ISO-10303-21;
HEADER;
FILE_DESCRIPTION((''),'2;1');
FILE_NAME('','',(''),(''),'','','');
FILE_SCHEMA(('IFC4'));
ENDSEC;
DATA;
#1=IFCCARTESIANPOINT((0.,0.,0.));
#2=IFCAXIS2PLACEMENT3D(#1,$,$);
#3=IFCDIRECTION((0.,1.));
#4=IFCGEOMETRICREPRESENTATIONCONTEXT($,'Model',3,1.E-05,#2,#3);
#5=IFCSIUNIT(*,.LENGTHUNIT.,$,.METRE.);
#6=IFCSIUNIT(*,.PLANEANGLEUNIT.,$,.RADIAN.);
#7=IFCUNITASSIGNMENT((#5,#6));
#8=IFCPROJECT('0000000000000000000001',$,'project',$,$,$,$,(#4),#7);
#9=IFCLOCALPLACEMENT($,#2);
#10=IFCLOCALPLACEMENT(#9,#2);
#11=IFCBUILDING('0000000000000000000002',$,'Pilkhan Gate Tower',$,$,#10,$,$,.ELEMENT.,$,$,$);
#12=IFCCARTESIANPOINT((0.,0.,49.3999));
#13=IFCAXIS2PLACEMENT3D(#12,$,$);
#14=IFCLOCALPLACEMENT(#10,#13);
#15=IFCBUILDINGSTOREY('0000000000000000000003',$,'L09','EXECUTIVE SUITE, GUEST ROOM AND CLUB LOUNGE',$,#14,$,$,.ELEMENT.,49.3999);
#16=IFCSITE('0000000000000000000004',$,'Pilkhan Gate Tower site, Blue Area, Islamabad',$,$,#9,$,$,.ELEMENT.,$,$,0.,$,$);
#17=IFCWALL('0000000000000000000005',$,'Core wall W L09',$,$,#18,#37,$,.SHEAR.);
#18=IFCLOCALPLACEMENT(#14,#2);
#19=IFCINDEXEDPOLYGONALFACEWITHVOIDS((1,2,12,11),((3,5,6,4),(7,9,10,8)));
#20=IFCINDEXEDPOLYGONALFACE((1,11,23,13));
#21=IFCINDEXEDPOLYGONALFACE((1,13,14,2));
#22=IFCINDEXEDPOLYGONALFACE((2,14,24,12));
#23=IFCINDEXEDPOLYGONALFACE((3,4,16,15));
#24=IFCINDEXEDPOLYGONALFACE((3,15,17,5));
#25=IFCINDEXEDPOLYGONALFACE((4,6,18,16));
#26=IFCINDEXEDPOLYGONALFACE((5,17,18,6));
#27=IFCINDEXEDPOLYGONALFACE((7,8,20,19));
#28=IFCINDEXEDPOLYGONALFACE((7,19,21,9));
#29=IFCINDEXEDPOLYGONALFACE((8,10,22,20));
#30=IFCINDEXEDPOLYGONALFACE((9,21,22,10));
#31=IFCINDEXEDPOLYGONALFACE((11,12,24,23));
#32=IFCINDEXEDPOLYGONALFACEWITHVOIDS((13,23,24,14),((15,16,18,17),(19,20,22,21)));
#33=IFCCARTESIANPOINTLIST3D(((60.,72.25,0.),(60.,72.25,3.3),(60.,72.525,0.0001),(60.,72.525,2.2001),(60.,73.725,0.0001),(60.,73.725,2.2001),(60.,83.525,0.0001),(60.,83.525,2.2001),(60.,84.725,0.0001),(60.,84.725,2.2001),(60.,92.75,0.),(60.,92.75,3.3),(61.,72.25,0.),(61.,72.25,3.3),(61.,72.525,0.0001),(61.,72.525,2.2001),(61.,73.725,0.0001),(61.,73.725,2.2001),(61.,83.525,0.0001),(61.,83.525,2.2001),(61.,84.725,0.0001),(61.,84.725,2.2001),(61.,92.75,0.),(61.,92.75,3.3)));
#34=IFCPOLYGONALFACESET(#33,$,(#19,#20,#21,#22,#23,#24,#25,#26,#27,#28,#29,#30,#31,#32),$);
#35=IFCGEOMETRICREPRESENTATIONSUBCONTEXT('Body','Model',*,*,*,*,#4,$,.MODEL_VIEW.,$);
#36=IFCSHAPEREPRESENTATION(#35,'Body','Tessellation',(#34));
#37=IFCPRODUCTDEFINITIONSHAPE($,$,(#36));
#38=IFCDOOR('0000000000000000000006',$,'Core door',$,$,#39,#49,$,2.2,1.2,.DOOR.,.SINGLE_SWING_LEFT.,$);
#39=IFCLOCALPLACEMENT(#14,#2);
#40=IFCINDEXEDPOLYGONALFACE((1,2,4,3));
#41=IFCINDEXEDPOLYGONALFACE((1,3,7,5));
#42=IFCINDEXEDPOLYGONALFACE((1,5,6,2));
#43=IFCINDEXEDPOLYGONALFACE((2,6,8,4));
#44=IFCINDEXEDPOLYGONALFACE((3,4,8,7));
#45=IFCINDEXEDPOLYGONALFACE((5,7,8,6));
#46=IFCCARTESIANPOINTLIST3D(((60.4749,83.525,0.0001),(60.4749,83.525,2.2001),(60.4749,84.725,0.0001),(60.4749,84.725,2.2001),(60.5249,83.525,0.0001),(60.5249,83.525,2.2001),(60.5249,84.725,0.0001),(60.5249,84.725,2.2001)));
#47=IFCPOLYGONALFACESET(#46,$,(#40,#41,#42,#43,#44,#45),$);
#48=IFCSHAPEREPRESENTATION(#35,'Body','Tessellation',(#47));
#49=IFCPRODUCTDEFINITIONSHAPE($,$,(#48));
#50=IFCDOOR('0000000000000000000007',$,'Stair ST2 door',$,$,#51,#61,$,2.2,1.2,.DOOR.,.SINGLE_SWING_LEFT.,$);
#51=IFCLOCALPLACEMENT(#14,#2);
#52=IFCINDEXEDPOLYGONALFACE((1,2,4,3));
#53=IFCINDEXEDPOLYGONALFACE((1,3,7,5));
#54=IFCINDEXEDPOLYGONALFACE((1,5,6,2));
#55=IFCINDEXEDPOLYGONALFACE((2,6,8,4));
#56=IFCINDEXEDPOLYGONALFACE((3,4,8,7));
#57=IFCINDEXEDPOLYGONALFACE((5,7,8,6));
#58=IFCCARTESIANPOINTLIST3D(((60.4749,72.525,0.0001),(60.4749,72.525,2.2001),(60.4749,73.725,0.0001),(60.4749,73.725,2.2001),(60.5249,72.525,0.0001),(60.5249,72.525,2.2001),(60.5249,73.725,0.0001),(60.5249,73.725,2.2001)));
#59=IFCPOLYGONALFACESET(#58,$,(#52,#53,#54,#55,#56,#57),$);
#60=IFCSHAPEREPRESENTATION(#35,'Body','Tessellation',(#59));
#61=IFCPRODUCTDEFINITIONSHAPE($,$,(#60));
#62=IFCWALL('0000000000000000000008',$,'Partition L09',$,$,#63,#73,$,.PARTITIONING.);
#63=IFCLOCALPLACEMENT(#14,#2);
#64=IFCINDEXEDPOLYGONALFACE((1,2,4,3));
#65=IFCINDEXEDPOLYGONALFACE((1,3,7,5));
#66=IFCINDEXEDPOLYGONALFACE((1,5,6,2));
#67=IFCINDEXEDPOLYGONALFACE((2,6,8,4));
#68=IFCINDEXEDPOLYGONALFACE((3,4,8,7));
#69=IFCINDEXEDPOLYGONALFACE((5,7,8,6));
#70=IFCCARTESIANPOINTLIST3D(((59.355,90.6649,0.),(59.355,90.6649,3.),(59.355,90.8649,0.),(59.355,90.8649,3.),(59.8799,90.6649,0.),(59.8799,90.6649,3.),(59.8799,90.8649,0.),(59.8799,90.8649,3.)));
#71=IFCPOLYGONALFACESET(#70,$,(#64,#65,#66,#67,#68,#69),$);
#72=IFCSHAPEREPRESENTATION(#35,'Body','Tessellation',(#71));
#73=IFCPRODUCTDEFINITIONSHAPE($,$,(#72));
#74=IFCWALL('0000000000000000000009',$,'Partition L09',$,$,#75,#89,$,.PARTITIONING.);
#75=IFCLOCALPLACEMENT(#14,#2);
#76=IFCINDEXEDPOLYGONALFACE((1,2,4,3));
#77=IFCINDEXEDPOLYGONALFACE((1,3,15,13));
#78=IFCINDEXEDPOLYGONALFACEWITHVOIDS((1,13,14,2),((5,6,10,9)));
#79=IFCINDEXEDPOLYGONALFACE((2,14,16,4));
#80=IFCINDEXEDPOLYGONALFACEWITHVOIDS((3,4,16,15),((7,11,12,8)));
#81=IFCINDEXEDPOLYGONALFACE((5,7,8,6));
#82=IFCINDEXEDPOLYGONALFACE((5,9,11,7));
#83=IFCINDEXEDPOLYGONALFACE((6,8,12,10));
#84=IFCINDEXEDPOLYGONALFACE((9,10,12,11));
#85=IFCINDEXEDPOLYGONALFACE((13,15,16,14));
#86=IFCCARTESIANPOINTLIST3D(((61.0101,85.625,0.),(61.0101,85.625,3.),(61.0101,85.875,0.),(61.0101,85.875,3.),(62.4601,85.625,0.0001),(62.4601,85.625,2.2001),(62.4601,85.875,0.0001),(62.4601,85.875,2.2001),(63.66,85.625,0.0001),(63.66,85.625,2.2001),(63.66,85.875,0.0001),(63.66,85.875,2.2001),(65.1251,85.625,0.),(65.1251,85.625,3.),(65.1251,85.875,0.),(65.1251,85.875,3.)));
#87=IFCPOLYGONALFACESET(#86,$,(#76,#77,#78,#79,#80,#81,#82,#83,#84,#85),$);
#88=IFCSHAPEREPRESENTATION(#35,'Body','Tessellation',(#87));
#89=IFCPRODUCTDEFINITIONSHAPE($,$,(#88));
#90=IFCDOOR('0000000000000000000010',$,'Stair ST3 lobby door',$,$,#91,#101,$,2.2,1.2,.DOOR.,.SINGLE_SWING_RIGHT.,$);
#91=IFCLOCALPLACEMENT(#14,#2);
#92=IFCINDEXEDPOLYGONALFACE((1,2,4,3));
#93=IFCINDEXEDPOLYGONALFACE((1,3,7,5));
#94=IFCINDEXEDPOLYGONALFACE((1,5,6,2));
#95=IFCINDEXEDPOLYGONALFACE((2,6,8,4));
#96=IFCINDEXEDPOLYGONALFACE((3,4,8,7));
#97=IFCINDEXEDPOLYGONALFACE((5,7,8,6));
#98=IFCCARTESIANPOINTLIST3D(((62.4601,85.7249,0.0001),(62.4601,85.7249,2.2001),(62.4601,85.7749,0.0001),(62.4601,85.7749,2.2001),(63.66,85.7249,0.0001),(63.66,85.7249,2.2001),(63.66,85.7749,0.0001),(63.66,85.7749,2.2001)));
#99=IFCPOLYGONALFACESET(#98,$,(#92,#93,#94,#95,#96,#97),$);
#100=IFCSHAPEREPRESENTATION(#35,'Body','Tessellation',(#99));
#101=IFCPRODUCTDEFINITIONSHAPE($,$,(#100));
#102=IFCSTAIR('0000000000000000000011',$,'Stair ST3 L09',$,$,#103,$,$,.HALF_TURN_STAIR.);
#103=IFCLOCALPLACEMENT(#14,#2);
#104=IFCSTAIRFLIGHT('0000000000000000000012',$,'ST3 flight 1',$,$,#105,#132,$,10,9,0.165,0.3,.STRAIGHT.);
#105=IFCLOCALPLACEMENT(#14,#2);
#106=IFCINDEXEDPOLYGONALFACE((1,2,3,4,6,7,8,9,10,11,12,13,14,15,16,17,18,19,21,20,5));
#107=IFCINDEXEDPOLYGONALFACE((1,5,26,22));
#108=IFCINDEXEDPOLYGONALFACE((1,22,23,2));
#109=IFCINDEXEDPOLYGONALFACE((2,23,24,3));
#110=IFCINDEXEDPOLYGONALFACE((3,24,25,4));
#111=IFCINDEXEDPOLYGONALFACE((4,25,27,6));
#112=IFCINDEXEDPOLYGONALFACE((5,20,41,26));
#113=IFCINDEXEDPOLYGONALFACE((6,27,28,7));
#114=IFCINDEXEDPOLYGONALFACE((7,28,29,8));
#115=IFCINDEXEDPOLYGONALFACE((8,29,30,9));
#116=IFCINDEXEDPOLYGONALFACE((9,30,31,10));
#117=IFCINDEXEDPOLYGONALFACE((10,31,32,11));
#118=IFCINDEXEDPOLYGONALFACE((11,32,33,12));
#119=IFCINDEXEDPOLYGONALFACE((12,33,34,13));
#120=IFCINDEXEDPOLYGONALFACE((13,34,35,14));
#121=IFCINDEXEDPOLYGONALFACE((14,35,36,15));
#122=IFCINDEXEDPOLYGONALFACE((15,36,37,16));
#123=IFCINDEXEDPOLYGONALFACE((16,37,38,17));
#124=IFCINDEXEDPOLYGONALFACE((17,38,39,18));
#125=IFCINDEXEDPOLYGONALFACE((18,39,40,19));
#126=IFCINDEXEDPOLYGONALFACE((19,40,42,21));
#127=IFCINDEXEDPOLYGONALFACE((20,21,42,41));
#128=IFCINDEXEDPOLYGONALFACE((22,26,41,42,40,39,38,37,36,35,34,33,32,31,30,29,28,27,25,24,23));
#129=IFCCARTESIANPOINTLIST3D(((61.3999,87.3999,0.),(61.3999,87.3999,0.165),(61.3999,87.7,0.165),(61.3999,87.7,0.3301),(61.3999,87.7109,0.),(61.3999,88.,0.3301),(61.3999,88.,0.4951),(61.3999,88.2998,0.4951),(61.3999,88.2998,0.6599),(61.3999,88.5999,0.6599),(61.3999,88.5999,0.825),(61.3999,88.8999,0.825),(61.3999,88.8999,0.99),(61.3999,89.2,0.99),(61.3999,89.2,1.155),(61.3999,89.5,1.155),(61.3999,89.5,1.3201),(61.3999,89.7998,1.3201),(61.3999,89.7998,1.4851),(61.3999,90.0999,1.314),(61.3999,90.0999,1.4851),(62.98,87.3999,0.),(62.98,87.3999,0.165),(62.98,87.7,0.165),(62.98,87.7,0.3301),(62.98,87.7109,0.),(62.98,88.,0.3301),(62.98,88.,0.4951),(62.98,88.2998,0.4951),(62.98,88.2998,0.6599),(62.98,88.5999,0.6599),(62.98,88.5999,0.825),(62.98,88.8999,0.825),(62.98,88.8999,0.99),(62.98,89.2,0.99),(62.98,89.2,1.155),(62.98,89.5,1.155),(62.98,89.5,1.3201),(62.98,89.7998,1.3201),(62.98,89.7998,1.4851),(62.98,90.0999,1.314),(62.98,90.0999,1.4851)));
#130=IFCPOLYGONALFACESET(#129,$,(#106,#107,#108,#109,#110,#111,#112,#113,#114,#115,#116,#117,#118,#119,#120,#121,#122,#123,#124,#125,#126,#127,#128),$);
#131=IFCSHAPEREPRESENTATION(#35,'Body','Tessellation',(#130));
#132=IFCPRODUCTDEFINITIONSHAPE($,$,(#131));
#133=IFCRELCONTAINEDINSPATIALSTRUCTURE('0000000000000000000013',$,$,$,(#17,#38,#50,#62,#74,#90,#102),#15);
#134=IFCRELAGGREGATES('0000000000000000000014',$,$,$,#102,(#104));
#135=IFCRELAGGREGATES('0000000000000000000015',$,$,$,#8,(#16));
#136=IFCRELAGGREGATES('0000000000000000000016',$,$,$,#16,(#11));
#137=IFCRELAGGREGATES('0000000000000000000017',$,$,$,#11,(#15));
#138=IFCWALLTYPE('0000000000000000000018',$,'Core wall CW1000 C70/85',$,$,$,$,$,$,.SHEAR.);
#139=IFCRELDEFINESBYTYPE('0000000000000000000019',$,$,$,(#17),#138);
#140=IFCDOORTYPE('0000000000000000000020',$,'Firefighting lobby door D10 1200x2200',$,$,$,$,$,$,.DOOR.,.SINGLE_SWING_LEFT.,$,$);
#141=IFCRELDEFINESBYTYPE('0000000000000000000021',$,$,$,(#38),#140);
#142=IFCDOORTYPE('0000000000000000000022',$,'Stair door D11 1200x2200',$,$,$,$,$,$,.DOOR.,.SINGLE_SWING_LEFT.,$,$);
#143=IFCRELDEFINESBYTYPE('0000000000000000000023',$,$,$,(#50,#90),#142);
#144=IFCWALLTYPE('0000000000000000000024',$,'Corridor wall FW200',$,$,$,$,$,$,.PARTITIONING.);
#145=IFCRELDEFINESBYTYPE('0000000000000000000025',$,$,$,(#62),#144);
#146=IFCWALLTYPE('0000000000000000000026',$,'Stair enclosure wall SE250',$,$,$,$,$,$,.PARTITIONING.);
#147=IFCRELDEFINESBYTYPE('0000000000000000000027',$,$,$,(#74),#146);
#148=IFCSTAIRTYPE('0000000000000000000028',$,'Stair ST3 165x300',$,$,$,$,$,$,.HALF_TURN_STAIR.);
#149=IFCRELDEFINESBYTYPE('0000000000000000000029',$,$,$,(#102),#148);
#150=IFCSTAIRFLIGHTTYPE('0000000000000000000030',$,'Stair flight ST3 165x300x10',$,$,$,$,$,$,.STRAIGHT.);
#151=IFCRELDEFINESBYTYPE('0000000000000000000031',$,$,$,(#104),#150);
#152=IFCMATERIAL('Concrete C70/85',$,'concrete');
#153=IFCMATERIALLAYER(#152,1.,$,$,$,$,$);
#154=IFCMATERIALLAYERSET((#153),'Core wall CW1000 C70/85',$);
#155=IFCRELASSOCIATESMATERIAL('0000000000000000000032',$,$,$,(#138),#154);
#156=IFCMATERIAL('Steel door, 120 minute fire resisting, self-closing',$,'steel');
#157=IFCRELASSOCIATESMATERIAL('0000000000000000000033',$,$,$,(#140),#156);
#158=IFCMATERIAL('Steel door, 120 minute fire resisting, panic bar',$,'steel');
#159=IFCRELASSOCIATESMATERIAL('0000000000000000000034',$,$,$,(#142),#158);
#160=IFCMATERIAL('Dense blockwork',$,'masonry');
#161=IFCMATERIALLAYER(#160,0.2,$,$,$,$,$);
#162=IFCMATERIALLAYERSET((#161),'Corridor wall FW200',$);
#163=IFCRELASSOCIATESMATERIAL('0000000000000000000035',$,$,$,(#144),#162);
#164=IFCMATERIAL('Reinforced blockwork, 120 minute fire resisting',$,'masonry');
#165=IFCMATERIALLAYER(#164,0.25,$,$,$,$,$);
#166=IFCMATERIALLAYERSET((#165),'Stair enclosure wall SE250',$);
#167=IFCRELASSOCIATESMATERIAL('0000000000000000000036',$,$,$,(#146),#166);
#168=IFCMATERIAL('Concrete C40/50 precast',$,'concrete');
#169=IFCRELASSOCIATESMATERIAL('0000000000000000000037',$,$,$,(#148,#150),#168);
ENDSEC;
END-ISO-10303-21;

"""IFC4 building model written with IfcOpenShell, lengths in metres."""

from ifc_helpers import new_model, si_unit, direction, frame, frame_2d, origin, place, context, subcontext, project, spatial, polyline, rectangle, outline, extrude, material, layer, layer_set, type_object, element, fill, aggregate, save


model = new_model("IFC4")

# Units and contexts
model_context = context("Model", 3, precision=1e-05, world=origin(), true_north=direction((0.0, 1.0)))
body_context = subcontext(model_context, "Body", "Model", "MODEL_VIEW")
ifc_project = project(units=[si_unit("LENGTHUNIT", "METRE"), si_unit("PLANEANGLEUNIT", "RADIAN")], contexts=[model_context])

# Site, building, storey
site_placement = place(None, origin())
site = spatial("IfcSite", under=ifc_project, at=site_placement, Name="Pilkhan Gate Tower site, Blue Area, Islamabad", CompositionType="ELEMENT", RefElevation=0.0)
building_placement = place(site_placement, origin())
building = spatial("IfcBuilding", under=site, at=building_placement, Name="Pilkhan Gate Tower", CompositionType="ELEMENT")
storey_placement = place(building_placement, frame((0.0, 0.0, 49.3999)))
storey = spatial("IfcBuildingStorey", under=building, at=storey_placement, Name="L09", Description="EXECUTIVE SUITE, GUEST ROOM AND CLUB LOUNGE", CompositionType="ELEMENT", Elevation=49.3999)

# Wall, openings, doors
ifc_material_1 = material(Name="Concrete C70/85", Category="concrete")
ifc_layer_1 = layer(ifc_material_1, 1.0)
ifc_layer_set_1 = layer_set([ifc_layer_1], Name="Core wall CW1000 C70/85")
wall_type_1 = type_object("IfcWallType", Name="Core wall CW1000 C70/85", PredefinedType="SHEAR", material=ifc_layer_set_1)
wall_1_placement = place(storey_placement, frame((60.5, 92.75, 0.0), z_axis=(0.0, 0.0, 1.0), x_axis=(0.0, -1.0, 0.0)))
wall_1 = element("IfcWall", 1, at=wall_1_placement, inside=storey, type_object=wall_type_1, Name="Core wall W L09", PredefinedType="SHEAR", context=body_context, shape_type="SweptSolid", body=[
    extrude(rectangle(XDim=20.5, YDim=1.0, at=frame_2d((10.25, 0.0))), origin(), (0.0, 0.0, 1.0), 3.3),
])
opening_1_placement = place(wall_1_placement, frame((19.0249, 0.0, 0.0)))
opening_1 = element("IfcOpeningElement", 2, at=opening_1_placement, cuts=wall_1, PredefinedType="OPENING", context=body_context, shape_type="SweptSolid", body=[
    extrude(rectangle(XDim=1.2, YDim=2.2, at=frame_2d((0.6001, 1.1001))), frame((0.0, 0.51, 0.0), z_axis=(0.0, -1.0, 0.0), x_axis=(1.0, 0.0, 0.0)), (0.0, 0.0, 1.0), 1.02),
])
opening_2_placement = place(wall_1_placement, frame((8.0249, 0.0, 0.0)))
opening_2 = element("IfcOpeningElement", 3, at=opening_2_placement, cuts=wall_1, PredefinedType="OPENING", context=body_context, shape_type="SweptSolid", body=[
    extrude(rectangle(XDim=1.2, YDim=2.2, at=frame_2d((0.6001, 1.1001))), frame((0.0, 0.51, 0.0), z_axis=(0.0, -1.0, 0.0), x_axis=(1.0, 0.0, 0.0)), (0.0, 0.0, 1.0), 1.02),
])
ifc_material_2 = material(Name="Steel door, 120 minute fire resisting, self-closing", Category="steel")
door_type_1 = type_object("IfcDoorType", Name="Firefighting lobby door D10 1200x2200", OperationType="SINGLE_SWING_LEFT", PredefinedType="DOOR", material=ifc_material_2)
door_1_placement = place(opening_2_placement, origin())
door_1 = element("IfcDoor", 4, at=door_1_placement, inside=storey, type_object=door_type_1, Name="Core door", OperationType="SINGLE_SWING_LEFT", OverallHeight=2.2, OverallWidth=1.2, PredefinedType="DOOR", context=body_context, shape_type="SweptSolid", body=[
    extrude(rectangle(XDim=1.2, YDim=2.2, at=frame_2d((0.6001, 1.1001))), frame((0.0, 0.0249, 0.0), z_axis=(0.0, -1.0, 0.0), x_axis=(1.0, 0.0, 0.0)), (0.0, 0.0, 1.0), 0.05),
])
fill(opening_2, door_1)
ifc_material_3 = material(Name="Steel door, 120 minute fire resisting, panic bar", Category="steel")
door_type_2 = type_object("IfcDoorType", Name="Stair door D11 1200x2200", OperationType="SINGLE_SWING_LEFT", PredefinedType="DOOR", material=ifc_material_3)
door_2_placement = place(opening_1_placement, origin())
door_2 = element("IfcDoor", 5, at=door_2_placement, inside=storey, type_object=door_type_2, Name="Stair ST2 door", OperationType="SINGLE_SWING_LEFT", OverallHeight=2.2, OverallWidth=1.2, PredefinedType="DOOR", context=body_context, shape_type="SweptSolid", body=[
    extrude(rectangle(XDim=1.2, YDim=2.2, at=frame_2d((0.6001, 1.1001))), frame((0.0, 0.0249, 0.0), z_axis=(0.0, -1.0, 0.0), x_axis=(1.0, 0.0, 0.0)), (0.0, 0.0, 1.0), 0.05),
])
fill(opening_1, door_2)

# Wall
ifc_material_4 = material(Name="Dense blockwork", Category="masonry")
ifc_layer_2 = layer(ifc_material_4, 0.2)
ifc_layer_set_2 = layer_set([ifc_layer_2], Name="Corridor wall FW200")
wall_type_2 = type_object("IfcWallType", Name="Corridor wall FW200", PredefinedType="PARTITIONING", material=ifc_layer_set_2)
wall_2_placement = place(storey_placement, frame((59.355, 90.7649, 0.0), z_axis=(0.0, 0.0, 1.0), x_axis=(1.0, 0.0, 0.0)))
element("IfcWall", 6, at=wall_2_placement, inside=storey, type_object=wall_type_2, Name="Partition L09", PredefinedType="PARTITIONING", context=body_context, shape_type="SweptSolid", body=[
    extrude(rectangle(XDim=0.5249, YDim=0.2, at=frame_2d((0.2625, 0.0))), origin(), (0.0, 0.0, 1.0), 3.0),
])

# Wall, opening, door
ifc_material_5 = material(Name="Reinforced blockwork, 120 minute fire resisting", Category="masonry")
ifc_layer_3 = layer(ifc_material_5, 0.25)
ifc_layer_set_3 = layer_set([ifc_layer_3], Name="Stair enclosure wall SE250")
wall_type_3 = type_object("IfcWallType", Name="Stair enclosure wall SE250", PredefinedType="PARTITIONING", material=ifc_layer_set_3)
wall_3_placement = place(storey_placement, frame((61.01, 85.75, 0.0), z_axis=(0.0, 0.0, 1.0), x_axis=(1.0, 0.0, 0.0)))
wall_3 = element("IfcWall", 7, at=wall_3_placement, inside=storey, type_object=wall_type_3, Name="Partition L09", PredefinedType="PARTITIONING", context=body_context, shape_type="SweptSolid", body=[
    extrude(rectangle(XDim=4.115, YDim=0.25, at=frame_2d((2.0576, 0.0))), origin(), (0.0, 0.0, 1.0), 3.0),
])
opening_3_placement = place(wall_3_placement, frame((1.45, 0.0, 0.0)))
opening_3 = element("IfcOpeningElement", 8, at=opening_3_placement, cuts=wall_3, PredefinedType="OPENING", context=body_context, shape_type="SweptSolid", body=[
    extrude(rectangle(XDim=1.2, YDim=2.2, at=frame_2d((0.6001, 1.1001))), frame((0.0, 0.135, 0.0), z_axis=(0.0, -1.0, 0.0), x_axis=(1.0, 0.0, 0.0)), (0.0, 0.0, 1.0), 0.27),
])
door_3_placement = place(opening_3_placement, origin())
door_3 = element("IfcDoor", 9, at=door_3_placement, inside=storey, type_object=door_type_2, Name="Stair ST3 lobby door", OperationType="SINGLE_SWING_RIGHT", OverallHeight=2.2, OverallWidth=1.2, PredefinedType="DOOR", context=body_context, shape_type="SweptSolid", body=[
    extrude(rectangle(XDim=1.2, YDim=2.2, at=frame_2d((0.6001, 1.1001))), frame((0.0, 0.0249, 0.0), z_axis=(0.0, -1.0, 0.0), x_axis=(1.0, 0.0, 0.0)), (0.0, 0.0, 1.0), 0.05),
])
fill(opening_3, door_3)

# Stair, stair flight
ifc_material_6 = material(Name="Concrete C40/50 precast", Category="concrete")
stair_type = type_object("IfcStairType", Name="Stair ST3 165x300", PredefinedType="HALF_TURN_STAIR", material=ifc_material_6)
stair_placement = place(storey_placement, origin())
stair = element("IfcStair", 10, at=stair_placement, inside=storey, type_object=stair_type, Name="Stair ST3 L09", PredefinedType="HALF_TURN_STAIR")
stair_flight_type = type_object("IfcStairFlightType", Name="Stair flight ST3 165x300x10", PredefinedType="STRAIGHT", material=ifc_material_6)
stair_flight_placement = place(storey_placement, frame((62.1899, 87.3999, 0.0), z_axis=(0.0, 0.0, 1.0), x_axis=(0.0, 1.0, 0.0)))
stair_flight = element("IfcStairFlight", 11, at=stair_flight_placement, type_object=stair_flight_type, Name="ST3 flight 1", NumberOfRisers=10, NumberOfTreads=9, PredefinedType="STRAIGHT", RiserHeight=0.165, TreadLength=0.3, context=body_context, shape_type="SweptSolid", body=[
    extrude(outline(polyline([(0.0, 0.0), (0.0, 0.165), (0.3, 0.165), (0.3, 0.3301), (0.6001, 0.3301), (0.6001, 0.4951), (0.8999, 0.4951), (0.8999, 0.6599), (1.2, 0.6599), (1.2, 0.825), (1.5, 0.825), (1.5, 0.99), (1.8, 0.99), (1.8, 1.155), (2.1001, 1.155), (2.1001, 1.3201), (2.3999, 1.3201), (2.3999, 1.4851), (2.7, 1.4851), (2.7, 1.6499), (2.7, 1.314), (0.311, 0.0), (0.0, 0.0)])), frame((0.0, 0.79, 0.0), z_axis=(0.0, -1.0, 0.0), x_axis=(1.0, 0.0, 0.0)), (0.0, 0.0, 1.0), 1.5801),
])
aggregate(stair, [stair_flight])

save(model, "model.ifc")
